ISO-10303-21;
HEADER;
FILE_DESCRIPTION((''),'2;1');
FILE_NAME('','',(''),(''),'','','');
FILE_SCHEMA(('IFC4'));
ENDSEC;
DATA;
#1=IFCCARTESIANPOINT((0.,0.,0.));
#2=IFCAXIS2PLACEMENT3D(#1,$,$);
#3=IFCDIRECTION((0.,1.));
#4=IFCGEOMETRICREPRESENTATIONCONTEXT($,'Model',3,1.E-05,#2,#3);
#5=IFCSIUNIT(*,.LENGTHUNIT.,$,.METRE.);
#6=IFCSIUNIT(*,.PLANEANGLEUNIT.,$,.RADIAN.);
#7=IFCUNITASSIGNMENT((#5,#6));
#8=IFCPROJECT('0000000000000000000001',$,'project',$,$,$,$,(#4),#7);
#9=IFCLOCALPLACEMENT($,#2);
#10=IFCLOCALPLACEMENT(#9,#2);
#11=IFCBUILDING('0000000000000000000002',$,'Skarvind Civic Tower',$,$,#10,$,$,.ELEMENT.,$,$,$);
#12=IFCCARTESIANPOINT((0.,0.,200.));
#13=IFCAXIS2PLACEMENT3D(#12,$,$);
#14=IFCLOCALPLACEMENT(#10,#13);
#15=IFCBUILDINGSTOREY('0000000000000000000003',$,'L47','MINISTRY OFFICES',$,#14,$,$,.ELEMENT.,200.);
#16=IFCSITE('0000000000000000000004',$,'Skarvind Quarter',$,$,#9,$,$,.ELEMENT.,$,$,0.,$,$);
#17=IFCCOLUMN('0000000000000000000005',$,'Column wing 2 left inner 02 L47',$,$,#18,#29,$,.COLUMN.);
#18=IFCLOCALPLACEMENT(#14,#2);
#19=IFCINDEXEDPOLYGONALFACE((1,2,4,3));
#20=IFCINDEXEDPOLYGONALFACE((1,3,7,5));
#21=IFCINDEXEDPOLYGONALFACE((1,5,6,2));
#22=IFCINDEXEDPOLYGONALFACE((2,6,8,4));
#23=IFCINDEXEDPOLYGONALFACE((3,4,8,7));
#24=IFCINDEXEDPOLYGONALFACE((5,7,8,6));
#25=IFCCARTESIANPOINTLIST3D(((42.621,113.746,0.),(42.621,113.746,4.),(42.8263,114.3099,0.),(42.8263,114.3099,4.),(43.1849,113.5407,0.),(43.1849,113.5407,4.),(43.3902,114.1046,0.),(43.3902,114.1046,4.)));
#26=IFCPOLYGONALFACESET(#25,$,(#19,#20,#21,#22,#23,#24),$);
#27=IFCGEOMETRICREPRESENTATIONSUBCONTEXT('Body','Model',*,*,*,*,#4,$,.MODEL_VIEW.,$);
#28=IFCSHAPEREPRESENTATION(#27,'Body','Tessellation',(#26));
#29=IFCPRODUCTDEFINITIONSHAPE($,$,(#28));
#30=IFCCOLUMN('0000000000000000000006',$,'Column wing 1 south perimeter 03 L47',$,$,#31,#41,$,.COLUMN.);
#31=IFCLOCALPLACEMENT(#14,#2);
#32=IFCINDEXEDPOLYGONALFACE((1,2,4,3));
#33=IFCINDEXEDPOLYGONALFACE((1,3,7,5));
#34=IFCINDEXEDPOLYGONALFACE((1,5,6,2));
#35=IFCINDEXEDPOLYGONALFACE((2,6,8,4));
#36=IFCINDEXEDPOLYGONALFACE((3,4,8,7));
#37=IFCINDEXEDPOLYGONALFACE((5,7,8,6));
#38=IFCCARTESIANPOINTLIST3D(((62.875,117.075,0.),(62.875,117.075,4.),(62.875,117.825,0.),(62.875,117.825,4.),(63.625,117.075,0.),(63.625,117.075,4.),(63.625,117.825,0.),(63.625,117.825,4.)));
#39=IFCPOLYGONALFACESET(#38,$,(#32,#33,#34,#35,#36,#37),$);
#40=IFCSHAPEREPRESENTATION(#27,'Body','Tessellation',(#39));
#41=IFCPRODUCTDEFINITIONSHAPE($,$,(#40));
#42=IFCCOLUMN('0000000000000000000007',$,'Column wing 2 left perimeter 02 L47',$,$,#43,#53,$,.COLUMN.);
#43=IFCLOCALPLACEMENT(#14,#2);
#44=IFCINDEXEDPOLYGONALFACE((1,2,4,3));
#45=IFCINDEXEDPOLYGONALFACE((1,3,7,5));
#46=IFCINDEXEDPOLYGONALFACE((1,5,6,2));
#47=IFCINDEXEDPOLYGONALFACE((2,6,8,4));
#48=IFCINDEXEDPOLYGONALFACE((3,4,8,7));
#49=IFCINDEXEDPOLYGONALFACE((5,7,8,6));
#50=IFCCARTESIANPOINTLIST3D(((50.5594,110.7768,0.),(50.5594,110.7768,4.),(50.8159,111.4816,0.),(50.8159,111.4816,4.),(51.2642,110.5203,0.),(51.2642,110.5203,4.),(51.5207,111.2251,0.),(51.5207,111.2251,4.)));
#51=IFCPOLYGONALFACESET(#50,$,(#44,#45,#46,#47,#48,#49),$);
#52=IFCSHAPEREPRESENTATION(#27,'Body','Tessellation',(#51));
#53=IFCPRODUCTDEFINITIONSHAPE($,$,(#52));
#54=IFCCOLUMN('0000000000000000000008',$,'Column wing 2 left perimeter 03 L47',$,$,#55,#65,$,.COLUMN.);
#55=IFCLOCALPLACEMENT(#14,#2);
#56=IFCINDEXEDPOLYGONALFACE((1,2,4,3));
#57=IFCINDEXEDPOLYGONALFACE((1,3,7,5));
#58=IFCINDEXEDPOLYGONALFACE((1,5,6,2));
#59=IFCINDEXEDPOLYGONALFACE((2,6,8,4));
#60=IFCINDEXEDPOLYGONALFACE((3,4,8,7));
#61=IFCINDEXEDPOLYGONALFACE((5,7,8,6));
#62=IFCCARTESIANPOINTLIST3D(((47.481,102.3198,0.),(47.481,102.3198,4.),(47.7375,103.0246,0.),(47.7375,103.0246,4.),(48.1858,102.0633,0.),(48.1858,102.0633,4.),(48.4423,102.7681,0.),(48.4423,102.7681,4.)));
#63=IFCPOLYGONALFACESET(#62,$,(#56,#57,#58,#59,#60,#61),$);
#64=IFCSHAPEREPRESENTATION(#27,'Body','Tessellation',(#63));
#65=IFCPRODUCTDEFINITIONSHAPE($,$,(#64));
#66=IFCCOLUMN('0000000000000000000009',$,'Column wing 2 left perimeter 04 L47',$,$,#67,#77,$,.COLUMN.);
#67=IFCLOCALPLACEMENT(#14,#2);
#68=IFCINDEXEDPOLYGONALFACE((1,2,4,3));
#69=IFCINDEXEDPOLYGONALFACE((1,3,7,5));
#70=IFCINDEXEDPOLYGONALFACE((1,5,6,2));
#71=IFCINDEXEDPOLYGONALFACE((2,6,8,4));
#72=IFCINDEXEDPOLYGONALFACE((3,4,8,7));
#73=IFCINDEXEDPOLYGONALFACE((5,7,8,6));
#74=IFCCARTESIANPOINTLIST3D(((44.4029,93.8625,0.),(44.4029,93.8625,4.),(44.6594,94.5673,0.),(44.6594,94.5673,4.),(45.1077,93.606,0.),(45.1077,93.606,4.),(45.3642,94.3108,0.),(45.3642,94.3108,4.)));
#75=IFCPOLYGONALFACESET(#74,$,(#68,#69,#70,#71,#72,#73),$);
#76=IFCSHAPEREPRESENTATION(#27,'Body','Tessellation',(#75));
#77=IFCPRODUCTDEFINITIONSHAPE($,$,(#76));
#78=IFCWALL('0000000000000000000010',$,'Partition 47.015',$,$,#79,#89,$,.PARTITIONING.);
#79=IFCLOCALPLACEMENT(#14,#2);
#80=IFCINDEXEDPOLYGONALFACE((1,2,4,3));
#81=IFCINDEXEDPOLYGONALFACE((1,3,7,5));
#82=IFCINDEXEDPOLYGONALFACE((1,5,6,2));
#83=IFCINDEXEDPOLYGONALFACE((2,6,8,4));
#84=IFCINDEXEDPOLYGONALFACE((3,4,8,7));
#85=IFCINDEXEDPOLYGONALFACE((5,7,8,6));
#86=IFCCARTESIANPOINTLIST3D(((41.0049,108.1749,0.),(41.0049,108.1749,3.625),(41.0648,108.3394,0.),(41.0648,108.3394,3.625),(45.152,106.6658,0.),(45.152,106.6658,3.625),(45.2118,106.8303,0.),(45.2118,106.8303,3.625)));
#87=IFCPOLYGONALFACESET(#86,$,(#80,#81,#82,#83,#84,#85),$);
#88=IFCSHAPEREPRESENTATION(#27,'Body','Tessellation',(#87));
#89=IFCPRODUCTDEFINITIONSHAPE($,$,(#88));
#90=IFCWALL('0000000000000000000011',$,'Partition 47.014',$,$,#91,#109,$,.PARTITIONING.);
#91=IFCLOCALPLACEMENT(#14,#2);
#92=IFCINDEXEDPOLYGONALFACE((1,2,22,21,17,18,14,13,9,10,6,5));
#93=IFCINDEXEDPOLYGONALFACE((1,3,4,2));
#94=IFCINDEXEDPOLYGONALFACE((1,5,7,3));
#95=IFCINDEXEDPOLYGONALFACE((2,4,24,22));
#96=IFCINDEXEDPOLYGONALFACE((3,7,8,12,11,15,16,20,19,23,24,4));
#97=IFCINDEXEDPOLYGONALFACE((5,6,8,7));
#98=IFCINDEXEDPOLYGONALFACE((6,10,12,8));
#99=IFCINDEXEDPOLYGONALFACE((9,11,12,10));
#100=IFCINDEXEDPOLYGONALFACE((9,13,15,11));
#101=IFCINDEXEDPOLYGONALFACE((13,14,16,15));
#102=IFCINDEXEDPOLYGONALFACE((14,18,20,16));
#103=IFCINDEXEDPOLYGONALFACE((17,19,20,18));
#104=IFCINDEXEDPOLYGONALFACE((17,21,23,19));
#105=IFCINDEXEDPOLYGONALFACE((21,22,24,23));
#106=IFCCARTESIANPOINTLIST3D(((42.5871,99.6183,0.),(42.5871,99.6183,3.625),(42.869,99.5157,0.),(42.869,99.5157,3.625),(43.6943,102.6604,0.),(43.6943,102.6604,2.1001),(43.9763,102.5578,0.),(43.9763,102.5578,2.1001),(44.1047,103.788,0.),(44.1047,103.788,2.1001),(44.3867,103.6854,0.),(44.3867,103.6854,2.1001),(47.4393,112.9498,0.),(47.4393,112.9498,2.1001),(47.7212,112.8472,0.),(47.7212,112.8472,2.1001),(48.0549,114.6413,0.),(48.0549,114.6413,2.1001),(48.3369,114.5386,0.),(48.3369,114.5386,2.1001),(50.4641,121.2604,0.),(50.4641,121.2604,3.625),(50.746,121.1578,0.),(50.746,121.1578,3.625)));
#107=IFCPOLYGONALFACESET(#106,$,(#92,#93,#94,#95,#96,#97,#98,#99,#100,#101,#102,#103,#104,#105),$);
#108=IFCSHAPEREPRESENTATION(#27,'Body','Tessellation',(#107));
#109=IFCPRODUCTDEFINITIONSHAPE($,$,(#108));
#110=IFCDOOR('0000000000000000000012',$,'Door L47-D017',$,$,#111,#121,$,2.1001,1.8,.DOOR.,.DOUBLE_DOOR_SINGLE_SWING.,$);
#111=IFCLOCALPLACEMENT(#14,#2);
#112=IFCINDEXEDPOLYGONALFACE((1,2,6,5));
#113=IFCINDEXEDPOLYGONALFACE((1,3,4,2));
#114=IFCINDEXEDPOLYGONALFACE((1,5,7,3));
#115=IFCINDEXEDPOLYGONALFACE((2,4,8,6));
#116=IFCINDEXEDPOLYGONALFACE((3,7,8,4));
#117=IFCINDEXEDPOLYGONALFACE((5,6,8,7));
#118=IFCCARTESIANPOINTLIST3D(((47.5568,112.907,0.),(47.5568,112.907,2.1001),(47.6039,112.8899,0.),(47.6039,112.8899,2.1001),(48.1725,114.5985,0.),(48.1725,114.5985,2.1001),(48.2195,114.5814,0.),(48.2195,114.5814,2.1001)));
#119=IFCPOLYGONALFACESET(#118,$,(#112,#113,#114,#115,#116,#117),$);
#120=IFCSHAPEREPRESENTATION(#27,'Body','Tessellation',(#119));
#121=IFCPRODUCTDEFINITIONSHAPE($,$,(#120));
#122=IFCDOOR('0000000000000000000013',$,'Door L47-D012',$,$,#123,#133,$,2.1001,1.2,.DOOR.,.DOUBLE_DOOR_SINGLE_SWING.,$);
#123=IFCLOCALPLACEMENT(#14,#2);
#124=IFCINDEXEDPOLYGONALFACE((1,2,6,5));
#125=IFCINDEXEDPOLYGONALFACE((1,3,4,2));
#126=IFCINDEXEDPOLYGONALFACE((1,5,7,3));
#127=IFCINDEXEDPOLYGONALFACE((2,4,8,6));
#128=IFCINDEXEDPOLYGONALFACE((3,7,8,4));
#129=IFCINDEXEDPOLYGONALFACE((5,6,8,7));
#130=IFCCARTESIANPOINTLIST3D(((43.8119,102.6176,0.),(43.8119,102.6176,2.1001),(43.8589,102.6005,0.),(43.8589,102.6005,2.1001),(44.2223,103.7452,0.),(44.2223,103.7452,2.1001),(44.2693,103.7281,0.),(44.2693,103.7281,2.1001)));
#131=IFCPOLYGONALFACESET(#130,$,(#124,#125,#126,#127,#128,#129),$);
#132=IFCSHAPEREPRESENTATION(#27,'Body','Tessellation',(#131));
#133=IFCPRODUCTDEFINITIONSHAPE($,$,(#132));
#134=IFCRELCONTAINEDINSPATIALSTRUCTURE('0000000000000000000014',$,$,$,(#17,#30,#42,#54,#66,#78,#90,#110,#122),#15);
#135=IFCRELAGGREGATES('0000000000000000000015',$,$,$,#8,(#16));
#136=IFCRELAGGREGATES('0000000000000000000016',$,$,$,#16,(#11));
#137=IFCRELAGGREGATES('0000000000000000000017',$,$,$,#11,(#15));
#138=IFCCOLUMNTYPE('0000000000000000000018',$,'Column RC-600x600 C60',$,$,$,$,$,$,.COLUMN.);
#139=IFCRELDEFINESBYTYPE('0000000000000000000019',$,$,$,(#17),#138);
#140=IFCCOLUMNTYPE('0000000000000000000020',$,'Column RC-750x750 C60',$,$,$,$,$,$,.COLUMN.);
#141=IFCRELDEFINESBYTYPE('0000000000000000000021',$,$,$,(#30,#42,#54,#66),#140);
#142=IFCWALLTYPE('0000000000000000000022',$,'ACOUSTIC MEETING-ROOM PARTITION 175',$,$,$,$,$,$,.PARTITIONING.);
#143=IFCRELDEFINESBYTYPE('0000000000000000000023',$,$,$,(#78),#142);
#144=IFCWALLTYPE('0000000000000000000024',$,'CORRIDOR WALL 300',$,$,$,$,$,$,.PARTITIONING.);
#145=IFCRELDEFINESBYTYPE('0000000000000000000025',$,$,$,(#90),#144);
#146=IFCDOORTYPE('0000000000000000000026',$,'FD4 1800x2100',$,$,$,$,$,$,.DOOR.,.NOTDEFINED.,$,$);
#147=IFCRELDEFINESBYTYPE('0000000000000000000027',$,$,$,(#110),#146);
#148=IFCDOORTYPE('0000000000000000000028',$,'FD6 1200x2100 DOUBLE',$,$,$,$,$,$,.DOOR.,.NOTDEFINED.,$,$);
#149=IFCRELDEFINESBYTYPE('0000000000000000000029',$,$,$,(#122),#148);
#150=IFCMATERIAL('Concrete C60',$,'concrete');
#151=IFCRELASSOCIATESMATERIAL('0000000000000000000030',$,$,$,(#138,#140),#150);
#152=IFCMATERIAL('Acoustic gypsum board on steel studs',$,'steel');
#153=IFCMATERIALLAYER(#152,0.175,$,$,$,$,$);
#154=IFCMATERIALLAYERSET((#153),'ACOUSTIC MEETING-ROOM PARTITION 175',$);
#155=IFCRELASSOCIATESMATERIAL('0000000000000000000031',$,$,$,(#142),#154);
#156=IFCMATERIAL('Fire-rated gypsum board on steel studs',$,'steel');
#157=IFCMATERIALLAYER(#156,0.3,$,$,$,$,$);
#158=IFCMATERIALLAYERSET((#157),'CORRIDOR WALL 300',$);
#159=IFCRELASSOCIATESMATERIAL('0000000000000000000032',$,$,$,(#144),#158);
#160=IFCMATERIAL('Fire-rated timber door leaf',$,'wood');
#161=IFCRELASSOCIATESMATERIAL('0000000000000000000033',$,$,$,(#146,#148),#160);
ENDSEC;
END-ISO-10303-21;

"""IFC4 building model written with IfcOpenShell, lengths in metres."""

from ifc_helpers import new_model, si_unit, direction, frame, frame_2d, origin, origin_2d, place, context, subcontext, project, spatial, rectangle, extrude, material, layer, layer_set, material_profile, profile_set, type_object, element, fill, save


model = new_model("IFC4")

# Units and contexts
model_context = context("Model", 3, precision=1e-05, world=origin(), true_north=direction((0.0, 1.0)))
body_context = subcontext(model_context, "Body", "Model", "MODEL_VIEW")
ifc_project = project(units=[si_unit("LENGTHUNIT", "METRE"), si_unit("PLANEANGLEUNIT", "RADIAN")], contexts=[model_context])

# Site, building, storey
site_placement = place(None, origin())
site = spatial("IfcSite", under=ifc_project, at=site_placement, Name="Skarvind Quarter", CompositionType="ELEMENT", RefElevation=0.0)
building_placement = place(site_placement, origin())
building = spatial("IfcBuilding", under=site, at=building_placement, Name="Skarvind Civic Tower", CompositionType="ELEMENT")
storey_placement = place(building_placement, frame((0.0, 0.0, 200.0)))
storey = spatial("IfcBuildingStorey", under=building, at=storey_placement, Name="L47", Description="MINISTRY OFFICES", CompositionType="ELEMENT", Elevation=200.0)

# Columns
ifc_material_1 = material(Name="Concrete C60", Category="concrete")
ifc_material_profile_1 = material_profile(ifc_material_1, rectangle(XDim=0.6001, YDim=0.6001, at=origin_2d()), Name="RC-600x600")
ifc_profile_set_1 = profile_set([ifc_material_profile_1], Name="Concrete C60")
column_type_1 = type_object("IfcColumnType", Name="Column RC-600x600 C60", PredefinedType="COLUMN", material=ifc_profile_set_1)
column_placement = place(storey_placement, frame((43.0056, 113.9253, 0.0), z_axis=(0.0, 0.0, 1.0), x_axis=(-0.34202, -0.939693, 0.0)))
element("IfcColumn", 1, at=column_placement, inside=storey, type_object=column_type_1, Name="Column wing 2 left inner 02 L47", PredefinedType="COLUMN", context=body_context, shape_type="SweptSolid", body=[
    extrude(rectangle(XDim=0.6001, YDim=0.6001, at=origin_2d()), origin(), (0.0, 0.0, 1.0), 4.0),
])
ifc_material_profile_2 = material_profile(ifc_material_1, rectangle(XDim=0.75, YDim=0.75, at=origin_2d()), Name="RC-750x750")
ifc_profile_set_2 = profile_set([ifc_material_profile_2], Name="Concrete C60")
column_type_2 = type_object("IfcColumnType", Name="Column RC-750x750 C60", PredefinedType="COLUMN", material=ifc_profile_set_2)
for number, where, z_axis, x_axis, name in (
    (2, (63.25, 117.45, 0.0), (0.0, 0.0, 1.0), (1.0, 0.0, 0.0), "Column wing 1 south perimeter 03 L47"),
    (3, (51.04, 111.001, 0.0), (0.0, 0.0, 1.0), (-0.34202, -0.939693, 0.0), "Column wing 2 left perimeter 02 L47"),
    (4, (47.9617, 102.5439, 0.0), (0.0, 0.0, 1.0), (-0.34202, -0.939693, 0.0), "Column wing 2 left perimeter 03 L47"),
    (5, (44.8835, 94.0867, 0.0), (0.0, 0.0, 1.0), (-0.34202, -0.939693, 0.0), "Column wing 2 left perimeter 04 L47"),
):
    element("IfcColumn", number, at=place(storey_placement, frame(where, z_axis=z_axis, x_axis=x_axis)), inside=storey, type_object=column_type_2, Name=name, PredefinedType="COLUMN", context=body_context, shape_type="SweptSolid", body=[
        extrude(rectangle(XDim=0.75, YDim=0.75, at=origin_2d()), origin(), (0.0, 0.0, 1.0), 4.0),
    ])

# Wall
ifc_material_2 = material(Name="Acoustic gypsum board on steel studs", Category="steel")
ifc_layer_1 = layer(ifc_material_2, 0.175)
ifc_layer_set_1 = layer_set([ifc_layer_1], Name="ACOUSTIC MEETING-ROOM PARTITION 175")
wall_type_1 = type_object("IfcWallType", Name="ACOUSTIC MEETING-ROOM PARTITION 175", PredefinedType="PARTITIONING", material=ifc_layer_set_1)
wall_1_placement = place(storey_placement, frame((45.1819, 106.748, 0.0), z_axis=(0.0, 0.0, 1.0), x_axis=(-0.939717, 0.341952, 0.0)))
element("IfcWall", 6, at=wall_1_placement, inside=storey, type_object=wall_type_1, Name="Partition 47.015", PredefinedType="PARTITIONING", context=body_context, shape_type="SweptSolid", body=[
    extrude(rectangle(XDim=4.4131, YDim=0.175, at=frame_2d((2.2065, 0.0))), origin(), (0.0, 0.0, 1.0), 3.625),
])

# Wall, openings, doors
ifc_material_3 = material(Name="Fire-rated gypsum board on steel studs", Category="steel")
ifc_layer_2 = layer(ifc_material_3, 0.3)
ifc_layer_set_2 = layer_set([ifc_layer_2], Name="CORRIDOR WALL 300")
wall_type_2 = type_object("IfcWallType", Name="CORRIDOR WALL 300", PredefinedType="PARTITIONING", material=ifc_layer_set_2)
wall_2_placement = place(storey_placement, frame((42.728, 99.5669, 0.0), z_axis=(0.0, 0.0, 1.0), x_axis=(0.342015, 0.939694, 0.0)))
wall_2 = element("IfcWall", 7, at=wall_2_placement, inside=storey, type_object=wall_type_2, Name="Partition 47.014", PredefinedType="PARTITIONING", context=body_context, shape_type="SweptSolid", body=[
    extrude(rectangle(XDim=23.031, YDim=0.3, at=frame_2d((11.5156, 0.0))), origin(), (0.0, 0.0, 1.0), 3.625),
])
opening_1_placement = place(wall_2_placement, frame((3.2373, 0.0, 0.0)))
opening_1 = element("IfcOpeningElement", 8, at=opening_1_placement, cuts=wall_2, PredefinedType="OPENING", context=body_context, shape_type="SweptSolid", body=[
    extrude(rectangle(XDim=1.2, YDim=2.1001, at=frame_2d((0.6001, 1.05))), frame((0.0, 0.1599, 0.0), z_axis=(0.0, -1.0, 0.0), x_axis=(1.0, 0.0, 0.0)), (0.0, 0.0, 1.0), 0.3201),
])
opening_2_placement = place(wall_2_placement, frame((14.1873, 0.0, 0.0)))
opening_2 = element("IfcOpeningElement", 9, at=opening_2_placement, cuts=wall_2, PredefinedType="OPENING", context=body_context, shape_type="SweptSolid", body=[
    extrude(rectangle(XDim=1.8, YDim=2.1001, at=frame_2d((0.8999, 1.05))), frame((0.0, 0.1599, 0.0), z_axis=(0.0, -1.0, 0.0), x_axis=(1.0, 0.0, 0.0)), (0.0, 0.0, 1.0), 0.3201),
])
ifc_material_4 = material(Name="Fire-rated timber door leaf", Category="wood")
door_type_1 = type_object("IfcDoorType", Name="FD4 1800x2100", OperationType="NOTDEFINED", PredefinedType="DOOR", material=ifc_material_4)
door_1_placement = place(opening_2_placement, origin())
door_1 = element("IfcDoor", 10, at=door_1_placement, inside=storey, type_object=door_type_1, Name="Door L47-D017", OperationType="DOUBLE_DOOR_SINGLE_SWING", OverallHeight=2.1001, OverallWidth=1.8, PredefinedType="DOOR", context=body_context, shape_type="SweptSolid", body=[
    extrude(rectangle(XDim=1.8, YDim=2.1001, at=frame_2d((0.8999, 1.05))), frame((0.0, 0.0249, 0.0), z_axis=(0.0, -1.0, 0.0), x_axis=(1.0, 0.0, 0.0)), (0.0, 0.0, 1.0), 0.05),
])
fill(opening_2, door_1)
door_type_2 = type_object("IfcDoorType", Name="FD6 1200x2100 DOUBLE", OperationType="NOTDEFINED", PredefinedType="DOOR", material=ifc_material_4)
door_2_placement = place(opening_1_placement, origin())
door_2 = element("IfcDoor", 11, at=door_2_placement, inside=storey, type_object=door_type_2, Name="Door L47-D012", OperationType="DOUBLE_DOOR_SINGLE_SWING", OverallHeight=2.1001, OverallWidth=1.2, PredefinedType="DOOR", context=body_context, shape_type="SweptSolid", body=[
    extrude(rectangle(XDim=1.2, YDim=2.1001, at=frame_2d((0.6001, 1.05))), frame((0.0, 0.0249, 0.0), z_axis=(0.0, -1.0, 0.0), x_axis=(1.0, 0.0, 0.0)), (0.0, 0.0, 1.0), 0.05),
])
fill(opening_1, door_2)

save(model, "model.ifc")
